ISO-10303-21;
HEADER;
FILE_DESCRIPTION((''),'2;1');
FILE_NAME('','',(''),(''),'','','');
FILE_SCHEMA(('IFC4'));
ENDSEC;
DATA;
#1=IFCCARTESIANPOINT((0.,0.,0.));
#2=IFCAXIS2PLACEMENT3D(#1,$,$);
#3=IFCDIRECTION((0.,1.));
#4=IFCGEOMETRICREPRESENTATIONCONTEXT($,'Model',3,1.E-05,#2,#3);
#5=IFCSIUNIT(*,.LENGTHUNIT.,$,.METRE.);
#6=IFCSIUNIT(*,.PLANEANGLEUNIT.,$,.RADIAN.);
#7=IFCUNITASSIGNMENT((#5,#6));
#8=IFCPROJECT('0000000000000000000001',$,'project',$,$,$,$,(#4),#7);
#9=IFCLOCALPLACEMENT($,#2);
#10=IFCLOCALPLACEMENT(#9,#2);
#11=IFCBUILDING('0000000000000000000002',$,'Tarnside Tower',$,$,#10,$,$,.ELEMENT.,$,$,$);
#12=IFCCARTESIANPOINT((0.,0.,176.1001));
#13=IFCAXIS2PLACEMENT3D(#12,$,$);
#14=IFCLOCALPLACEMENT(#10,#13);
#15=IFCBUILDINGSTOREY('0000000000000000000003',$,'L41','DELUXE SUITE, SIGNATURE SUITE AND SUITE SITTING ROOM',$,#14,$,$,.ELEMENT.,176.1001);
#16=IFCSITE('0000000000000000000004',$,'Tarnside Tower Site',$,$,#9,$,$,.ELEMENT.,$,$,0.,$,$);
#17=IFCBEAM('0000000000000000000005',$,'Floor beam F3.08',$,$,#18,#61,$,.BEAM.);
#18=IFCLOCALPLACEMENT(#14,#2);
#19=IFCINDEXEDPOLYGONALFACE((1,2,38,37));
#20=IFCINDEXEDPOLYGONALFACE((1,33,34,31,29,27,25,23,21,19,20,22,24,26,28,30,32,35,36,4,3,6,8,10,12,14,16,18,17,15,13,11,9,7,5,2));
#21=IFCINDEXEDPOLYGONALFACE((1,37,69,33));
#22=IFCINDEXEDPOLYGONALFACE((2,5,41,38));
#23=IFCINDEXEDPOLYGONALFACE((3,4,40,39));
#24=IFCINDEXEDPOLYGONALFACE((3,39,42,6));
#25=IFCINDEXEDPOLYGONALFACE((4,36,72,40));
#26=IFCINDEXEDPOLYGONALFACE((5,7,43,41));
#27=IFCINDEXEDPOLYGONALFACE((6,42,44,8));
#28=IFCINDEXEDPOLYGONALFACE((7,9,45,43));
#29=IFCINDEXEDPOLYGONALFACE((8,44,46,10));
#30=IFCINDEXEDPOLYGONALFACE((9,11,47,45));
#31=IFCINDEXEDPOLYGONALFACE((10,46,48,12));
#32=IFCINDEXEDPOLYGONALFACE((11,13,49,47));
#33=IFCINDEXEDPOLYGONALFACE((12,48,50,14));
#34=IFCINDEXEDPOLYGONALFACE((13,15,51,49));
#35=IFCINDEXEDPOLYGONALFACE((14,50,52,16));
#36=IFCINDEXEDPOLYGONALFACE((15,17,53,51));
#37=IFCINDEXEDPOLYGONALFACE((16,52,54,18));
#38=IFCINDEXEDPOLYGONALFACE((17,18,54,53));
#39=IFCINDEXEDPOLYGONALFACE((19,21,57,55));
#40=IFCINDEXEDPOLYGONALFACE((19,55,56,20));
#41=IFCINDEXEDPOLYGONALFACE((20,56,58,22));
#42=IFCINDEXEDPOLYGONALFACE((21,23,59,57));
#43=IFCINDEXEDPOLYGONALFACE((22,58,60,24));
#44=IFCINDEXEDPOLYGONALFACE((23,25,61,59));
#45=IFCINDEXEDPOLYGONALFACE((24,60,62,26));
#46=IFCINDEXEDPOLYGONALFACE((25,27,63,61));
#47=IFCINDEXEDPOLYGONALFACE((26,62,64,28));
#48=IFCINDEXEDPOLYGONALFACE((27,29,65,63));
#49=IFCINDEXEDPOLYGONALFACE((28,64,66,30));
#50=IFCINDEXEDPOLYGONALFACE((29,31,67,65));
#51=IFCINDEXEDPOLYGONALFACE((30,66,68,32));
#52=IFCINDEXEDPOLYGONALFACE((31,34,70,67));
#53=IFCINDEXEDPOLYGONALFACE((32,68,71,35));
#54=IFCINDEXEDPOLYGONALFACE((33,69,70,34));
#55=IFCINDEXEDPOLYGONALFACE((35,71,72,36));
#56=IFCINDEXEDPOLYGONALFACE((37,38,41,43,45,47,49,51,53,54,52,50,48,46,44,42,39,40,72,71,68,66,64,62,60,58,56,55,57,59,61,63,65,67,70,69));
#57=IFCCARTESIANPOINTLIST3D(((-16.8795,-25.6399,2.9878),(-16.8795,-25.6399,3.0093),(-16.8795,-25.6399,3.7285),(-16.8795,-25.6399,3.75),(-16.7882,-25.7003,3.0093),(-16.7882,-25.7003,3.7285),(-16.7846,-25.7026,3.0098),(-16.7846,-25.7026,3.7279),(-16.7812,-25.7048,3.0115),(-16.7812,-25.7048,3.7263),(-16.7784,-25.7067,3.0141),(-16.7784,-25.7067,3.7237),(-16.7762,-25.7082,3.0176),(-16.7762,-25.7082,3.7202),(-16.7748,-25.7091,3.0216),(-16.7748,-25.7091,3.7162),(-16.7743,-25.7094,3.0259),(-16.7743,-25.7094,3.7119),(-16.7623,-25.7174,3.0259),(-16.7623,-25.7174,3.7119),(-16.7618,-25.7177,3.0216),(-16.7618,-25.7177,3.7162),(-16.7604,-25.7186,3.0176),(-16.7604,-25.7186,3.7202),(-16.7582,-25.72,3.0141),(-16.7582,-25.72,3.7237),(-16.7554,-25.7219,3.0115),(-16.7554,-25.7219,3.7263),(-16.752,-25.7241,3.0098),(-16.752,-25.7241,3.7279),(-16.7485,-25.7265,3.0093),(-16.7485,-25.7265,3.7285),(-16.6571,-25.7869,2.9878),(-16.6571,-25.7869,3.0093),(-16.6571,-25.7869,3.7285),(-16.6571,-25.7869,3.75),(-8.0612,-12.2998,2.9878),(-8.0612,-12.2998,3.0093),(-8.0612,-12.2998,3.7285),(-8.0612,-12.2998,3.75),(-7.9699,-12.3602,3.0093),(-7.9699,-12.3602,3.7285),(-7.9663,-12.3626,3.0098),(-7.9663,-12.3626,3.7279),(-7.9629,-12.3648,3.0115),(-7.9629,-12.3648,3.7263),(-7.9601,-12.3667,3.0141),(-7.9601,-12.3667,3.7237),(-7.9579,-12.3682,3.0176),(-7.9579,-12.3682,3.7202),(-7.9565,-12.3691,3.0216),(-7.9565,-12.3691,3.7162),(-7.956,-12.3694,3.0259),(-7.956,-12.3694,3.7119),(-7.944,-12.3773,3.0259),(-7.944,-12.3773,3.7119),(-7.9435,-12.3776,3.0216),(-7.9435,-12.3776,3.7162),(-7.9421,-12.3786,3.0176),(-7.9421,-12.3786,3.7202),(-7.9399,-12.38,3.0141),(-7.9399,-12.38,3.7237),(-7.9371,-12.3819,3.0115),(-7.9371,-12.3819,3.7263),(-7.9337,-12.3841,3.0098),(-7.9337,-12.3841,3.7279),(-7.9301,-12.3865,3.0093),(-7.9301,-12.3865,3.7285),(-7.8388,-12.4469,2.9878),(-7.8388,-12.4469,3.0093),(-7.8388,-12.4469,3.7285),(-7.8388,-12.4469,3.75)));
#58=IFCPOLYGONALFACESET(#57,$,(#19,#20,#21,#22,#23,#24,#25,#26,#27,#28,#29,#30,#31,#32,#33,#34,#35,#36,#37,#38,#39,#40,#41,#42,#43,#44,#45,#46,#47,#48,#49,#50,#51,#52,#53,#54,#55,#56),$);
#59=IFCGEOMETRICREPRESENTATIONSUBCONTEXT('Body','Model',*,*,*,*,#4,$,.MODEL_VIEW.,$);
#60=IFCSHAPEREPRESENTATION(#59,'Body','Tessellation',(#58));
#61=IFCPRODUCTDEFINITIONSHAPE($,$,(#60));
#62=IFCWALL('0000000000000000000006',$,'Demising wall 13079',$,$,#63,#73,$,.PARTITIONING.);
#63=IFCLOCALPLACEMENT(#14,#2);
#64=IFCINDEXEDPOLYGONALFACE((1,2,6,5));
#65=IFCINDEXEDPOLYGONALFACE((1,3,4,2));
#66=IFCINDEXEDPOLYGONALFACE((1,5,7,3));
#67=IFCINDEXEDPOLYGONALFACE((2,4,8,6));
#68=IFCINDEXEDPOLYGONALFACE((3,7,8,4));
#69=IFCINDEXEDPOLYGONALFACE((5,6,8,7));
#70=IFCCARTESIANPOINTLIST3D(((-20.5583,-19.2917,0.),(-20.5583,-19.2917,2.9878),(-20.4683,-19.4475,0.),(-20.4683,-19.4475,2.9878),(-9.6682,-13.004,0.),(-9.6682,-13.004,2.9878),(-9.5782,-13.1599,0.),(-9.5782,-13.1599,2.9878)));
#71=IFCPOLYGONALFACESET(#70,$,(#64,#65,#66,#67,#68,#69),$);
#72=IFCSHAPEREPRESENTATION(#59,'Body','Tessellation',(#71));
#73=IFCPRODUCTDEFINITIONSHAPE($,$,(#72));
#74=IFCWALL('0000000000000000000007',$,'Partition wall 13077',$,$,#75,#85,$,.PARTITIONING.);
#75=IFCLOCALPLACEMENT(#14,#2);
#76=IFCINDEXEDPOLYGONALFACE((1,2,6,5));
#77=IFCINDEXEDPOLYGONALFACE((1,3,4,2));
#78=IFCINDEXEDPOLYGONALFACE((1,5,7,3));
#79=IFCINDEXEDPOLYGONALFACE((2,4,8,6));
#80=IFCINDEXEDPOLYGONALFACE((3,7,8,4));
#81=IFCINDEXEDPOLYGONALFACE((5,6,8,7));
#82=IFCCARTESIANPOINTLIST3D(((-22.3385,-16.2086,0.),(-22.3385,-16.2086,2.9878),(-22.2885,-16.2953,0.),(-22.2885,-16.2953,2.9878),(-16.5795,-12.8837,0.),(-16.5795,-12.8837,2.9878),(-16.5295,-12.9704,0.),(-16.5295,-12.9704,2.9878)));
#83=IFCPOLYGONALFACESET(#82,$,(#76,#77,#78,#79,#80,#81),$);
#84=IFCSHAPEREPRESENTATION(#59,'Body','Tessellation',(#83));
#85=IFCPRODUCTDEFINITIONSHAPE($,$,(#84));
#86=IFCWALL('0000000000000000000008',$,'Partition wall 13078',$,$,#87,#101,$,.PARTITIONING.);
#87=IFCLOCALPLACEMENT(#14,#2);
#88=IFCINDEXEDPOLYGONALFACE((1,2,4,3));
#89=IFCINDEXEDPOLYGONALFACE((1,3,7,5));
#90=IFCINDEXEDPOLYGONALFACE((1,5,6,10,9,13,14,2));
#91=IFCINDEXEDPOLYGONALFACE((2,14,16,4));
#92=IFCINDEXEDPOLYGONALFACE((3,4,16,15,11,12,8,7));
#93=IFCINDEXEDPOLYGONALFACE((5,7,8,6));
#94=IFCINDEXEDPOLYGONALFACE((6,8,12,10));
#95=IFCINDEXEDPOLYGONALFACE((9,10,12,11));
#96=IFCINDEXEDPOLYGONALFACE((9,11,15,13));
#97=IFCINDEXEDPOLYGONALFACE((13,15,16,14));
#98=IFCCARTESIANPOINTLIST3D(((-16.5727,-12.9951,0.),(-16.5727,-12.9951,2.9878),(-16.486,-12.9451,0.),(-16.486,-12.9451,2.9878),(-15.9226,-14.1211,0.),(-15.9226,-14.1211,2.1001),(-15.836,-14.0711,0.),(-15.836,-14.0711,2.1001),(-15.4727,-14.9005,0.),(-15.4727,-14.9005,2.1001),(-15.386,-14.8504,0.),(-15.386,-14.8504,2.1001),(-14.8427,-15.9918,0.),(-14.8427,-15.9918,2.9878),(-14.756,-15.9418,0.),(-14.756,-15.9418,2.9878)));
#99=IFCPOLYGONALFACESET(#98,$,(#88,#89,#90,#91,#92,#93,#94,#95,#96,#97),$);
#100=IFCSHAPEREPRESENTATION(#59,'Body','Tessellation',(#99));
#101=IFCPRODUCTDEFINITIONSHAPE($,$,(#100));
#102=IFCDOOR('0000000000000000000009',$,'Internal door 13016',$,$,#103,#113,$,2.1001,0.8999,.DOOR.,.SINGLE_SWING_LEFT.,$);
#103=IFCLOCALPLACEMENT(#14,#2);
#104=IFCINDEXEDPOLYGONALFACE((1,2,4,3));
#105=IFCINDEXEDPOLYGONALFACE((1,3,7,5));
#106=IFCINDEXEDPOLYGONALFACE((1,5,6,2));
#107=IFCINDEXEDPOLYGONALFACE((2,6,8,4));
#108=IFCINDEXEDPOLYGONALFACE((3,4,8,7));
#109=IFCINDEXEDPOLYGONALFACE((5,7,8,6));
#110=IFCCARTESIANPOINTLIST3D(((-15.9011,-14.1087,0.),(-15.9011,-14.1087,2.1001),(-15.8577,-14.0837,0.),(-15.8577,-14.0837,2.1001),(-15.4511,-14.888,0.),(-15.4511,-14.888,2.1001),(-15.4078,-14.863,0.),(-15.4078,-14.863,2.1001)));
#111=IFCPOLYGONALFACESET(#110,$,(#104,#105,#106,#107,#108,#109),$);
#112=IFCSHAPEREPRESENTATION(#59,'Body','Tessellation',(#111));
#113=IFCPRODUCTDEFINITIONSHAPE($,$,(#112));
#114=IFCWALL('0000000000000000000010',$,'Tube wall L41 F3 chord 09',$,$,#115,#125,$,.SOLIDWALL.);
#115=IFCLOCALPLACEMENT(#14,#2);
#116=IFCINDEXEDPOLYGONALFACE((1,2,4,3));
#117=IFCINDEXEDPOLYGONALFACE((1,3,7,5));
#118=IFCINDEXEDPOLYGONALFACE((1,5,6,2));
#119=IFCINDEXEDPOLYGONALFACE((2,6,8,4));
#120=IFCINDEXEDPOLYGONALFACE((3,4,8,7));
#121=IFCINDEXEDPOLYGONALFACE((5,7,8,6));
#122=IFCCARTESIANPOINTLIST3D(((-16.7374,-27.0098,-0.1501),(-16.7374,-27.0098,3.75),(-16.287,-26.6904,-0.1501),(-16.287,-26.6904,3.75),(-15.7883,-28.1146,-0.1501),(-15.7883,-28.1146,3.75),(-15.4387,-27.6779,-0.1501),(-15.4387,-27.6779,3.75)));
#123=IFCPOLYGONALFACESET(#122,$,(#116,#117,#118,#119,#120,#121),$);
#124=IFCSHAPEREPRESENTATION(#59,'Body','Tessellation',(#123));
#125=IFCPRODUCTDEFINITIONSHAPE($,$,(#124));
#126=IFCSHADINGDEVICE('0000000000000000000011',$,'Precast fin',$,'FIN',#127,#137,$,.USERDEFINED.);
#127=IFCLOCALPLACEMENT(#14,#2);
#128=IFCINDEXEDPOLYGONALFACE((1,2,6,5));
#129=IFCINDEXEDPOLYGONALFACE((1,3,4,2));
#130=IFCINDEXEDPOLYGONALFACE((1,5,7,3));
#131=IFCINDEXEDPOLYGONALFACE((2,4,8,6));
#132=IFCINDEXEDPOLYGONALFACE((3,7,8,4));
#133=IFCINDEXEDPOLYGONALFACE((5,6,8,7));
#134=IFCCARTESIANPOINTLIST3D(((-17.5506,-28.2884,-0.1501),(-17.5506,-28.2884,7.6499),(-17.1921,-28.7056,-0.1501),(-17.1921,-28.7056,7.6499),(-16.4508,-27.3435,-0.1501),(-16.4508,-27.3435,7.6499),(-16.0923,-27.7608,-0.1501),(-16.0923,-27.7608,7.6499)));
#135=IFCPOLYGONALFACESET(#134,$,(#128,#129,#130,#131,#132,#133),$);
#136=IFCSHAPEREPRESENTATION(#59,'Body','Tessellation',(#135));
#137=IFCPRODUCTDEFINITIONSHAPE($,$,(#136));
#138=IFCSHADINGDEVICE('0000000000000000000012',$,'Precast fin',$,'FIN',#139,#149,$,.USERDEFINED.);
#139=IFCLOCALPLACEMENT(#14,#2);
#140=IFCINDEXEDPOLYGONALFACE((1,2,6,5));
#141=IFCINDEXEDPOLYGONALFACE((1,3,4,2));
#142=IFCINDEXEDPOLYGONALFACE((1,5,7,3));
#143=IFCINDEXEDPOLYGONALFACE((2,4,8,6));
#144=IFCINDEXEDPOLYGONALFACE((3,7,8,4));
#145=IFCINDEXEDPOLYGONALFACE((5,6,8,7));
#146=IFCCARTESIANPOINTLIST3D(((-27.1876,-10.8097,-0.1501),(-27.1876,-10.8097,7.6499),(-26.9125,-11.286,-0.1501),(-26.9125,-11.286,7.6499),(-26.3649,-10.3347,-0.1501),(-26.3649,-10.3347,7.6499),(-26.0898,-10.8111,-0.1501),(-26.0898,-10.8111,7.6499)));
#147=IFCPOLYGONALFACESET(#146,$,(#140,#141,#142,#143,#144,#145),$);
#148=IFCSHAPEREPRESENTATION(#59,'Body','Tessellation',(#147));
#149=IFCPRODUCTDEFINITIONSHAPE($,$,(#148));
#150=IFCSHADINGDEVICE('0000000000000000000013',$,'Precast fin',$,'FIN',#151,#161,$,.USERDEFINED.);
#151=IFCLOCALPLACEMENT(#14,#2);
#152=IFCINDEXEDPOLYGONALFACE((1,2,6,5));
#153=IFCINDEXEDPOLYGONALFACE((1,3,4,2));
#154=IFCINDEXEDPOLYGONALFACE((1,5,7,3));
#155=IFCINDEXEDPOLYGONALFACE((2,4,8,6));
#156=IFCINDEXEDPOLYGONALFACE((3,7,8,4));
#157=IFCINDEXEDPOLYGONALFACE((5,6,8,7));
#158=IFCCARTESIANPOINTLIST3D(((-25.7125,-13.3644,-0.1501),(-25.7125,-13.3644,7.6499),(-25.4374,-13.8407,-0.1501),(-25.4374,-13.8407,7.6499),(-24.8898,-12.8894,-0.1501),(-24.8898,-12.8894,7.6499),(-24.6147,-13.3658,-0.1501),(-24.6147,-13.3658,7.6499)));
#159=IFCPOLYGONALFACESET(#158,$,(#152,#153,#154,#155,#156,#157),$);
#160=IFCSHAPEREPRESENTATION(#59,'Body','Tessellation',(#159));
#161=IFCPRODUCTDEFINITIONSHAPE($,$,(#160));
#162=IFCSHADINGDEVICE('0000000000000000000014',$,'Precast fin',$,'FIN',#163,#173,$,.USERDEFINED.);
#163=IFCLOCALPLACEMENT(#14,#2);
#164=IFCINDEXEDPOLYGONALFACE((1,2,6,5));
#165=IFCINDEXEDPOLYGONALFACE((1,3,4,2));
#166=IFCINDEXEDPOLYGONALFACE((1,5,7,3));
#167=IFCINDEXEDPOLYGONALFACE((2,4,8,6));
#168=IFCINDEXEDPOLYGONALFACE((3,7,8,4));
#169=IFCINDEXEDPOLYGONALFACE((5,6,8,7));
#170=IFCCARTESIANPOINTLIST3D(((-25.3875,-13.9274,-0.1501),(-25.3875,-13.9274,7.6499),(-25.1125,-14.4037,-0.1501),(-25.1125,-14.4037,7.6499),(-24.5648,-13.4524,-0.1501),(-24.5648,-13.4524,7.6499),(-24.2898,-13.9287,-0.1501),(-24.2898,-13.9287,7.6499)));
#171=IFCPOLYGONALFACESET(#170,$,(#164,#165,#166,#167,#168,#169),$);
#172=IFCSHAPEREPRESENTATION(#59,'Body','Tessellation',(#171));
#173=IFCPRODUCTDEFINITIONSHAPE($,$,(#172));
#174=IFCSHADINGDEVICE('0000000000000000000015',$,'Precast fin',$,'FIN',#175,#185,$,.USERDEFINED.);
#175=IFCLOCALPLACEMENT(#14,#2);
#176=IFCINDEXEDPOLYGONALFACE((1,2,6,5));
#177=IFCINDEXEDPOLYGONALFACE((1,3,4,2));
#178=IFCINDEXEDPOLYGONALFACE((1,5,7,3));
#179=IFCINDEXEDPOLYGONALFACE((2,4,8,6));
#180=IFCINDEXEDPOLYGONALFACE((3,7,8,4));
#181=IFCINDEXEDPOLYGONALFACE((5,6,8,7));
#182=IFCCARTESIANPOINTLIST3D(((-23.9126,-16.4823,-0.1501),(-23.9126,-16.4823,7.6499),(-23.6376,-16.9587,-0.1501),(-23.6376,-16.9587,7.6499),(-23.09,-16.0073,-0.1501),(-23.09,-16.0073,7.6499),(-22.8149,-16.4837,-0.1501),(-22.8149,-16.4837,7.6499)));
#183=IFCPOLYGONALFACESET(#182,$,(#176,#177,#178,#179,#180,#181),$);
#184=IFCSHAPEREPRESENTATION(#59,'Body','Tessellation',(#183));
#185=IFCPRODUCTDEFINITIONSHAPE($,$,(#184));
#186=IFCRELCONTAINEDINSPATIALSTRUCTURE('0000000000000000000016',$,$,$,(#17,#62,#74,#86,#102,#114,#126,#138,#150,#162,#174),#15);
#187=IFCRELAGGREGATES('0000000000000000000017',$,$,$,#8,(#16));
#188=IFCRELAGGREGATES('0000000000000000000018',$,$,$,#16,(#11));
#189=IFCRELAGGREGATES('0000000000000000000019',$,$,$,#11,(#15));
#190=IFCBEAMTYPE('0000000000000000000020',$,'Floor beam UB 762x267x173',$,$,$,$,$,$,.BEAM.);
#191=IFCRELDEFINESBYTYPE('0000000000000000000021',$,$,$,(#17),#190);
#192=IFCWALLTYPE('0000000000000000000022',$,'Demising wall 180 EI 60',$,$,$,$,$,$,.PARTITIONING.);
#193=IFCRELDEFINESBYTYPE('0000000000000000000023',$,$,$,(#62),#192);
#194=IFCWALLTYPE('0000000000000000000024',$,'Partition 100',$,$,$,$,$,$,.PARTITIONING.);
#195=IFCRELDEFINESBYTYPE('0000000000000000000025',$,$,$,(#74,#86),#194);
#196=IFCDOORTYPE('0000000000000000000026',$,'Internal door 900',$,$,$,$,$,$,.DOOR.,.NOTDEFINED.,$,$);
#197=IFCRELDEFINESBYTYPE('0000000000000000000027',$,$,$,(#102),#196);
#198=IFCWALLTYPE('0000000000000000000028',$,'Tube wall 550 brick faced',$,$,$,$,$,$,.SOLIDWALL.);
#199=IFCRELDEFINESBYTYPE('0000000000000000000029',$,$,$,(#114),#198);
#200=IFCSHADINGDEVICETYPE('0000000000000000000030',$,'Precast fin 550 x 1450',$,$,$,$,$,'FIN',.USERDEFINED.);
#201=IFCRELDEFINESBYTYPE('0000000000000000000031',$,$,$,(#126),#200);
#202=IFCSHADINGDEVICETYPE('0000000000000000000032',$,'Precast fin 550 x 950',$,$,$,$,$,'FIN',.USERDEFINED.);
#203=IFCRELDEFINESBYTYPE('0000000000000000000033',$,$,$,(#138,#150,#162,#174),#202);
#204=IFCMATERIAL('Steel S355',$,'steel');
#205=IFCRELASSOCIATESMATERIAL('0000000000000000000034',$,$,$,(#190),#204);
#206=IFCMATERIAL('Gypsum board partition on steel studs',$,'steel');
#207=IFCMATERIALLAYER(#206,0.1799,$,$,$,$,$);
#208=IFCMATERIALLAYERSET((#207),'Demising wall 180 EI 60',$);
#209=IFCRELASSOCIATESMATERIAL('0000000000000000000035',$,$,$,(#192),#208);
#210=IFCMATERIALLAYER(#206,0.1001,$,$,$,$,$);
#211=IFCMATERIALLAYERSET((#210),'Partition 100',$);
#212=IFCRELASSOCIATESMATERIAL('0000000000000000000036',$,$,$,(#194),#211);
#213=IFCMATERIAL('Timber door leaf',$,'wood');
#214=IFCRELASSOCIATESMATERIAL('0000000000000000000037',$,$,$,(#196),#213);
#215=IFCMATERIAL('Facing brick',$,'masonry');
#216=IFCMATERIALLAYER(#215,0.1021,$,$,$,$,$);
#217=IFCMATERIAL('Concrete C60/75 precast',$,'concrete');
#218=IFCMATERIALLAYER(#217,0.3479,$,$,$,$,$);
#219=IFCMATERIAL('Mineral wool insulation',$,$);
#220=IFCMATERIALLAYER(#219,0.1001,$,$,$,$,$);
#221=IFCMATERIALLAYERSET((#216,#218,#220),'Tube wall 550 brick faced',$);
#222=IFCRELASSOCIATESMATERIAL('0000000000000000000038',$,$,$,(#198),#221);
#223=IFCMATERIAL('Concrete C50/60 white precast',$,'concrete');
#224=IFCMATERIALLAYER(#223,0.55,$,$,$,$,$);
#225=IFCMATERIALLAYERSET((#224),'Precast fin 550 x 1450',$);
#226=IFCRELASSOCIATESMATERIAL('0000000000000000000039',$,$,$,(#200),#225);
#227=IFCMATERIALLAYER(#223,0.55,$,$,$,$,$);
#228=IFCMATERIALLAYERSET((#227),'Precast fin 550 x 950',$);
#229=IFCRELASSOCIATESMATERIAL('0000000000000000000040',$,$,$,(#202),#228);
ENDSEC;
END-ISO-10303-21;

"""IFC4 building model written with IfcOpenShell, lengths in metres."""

from ifc_helpers import new_model, si_unit, direction, frame, frame_2d, origin, origin_2d, place, context, subcontext, project, spatial, polyline, rectangle, i_section, outline, extrude, material, layer, layer_set, material_profile, profile_set, type_object, element, fill, save


model = new_model("IFC4")

# Units and contexts
model_context = context("Model", 3, precision=1e-05, world=origin(), true_north=direction((0.0, 1.0)))
body_context = subcontext(model_context, "Body", "Model", "MODEL_VIEW")
ifc_project = project(units=[si_unit("LENGTHUNIT", "METRE"), si_unit("PLANEANGLEUNIT", "RADIAN")], contexts=[model_context])

# Site, building, storey
site_placement = place(None, origin())
site = spatial("IfcSite", under=ifc_project, at=site_placement, Name="Tarnside Tower Site", CompositionType="ELEMENT", RefElevation=0.0)
building_placement = place(site_placement, origin())
building = spatial("IfcBuilding", under=site, at=building_placement, Name="Tarnside Tower", CompositionType="ELEMENT")
storey_placement = place(building_placement, frame((0.0, 0.0, 176.1001)))
storey = spatial("IfcBuildingStorey", under=building, at=storey_placement, Name="L41", Description="DELUXE SUITE, SIGNATURE SUITE AND SUITE SITTING ROOM", CompositionType="ELEMENT", Elevation=176.1001)

# Beam
ifc_material_1 = material(Name="Steel S355", Category="steel")
ifc_material_profile_1 = material_profile(ifc_material_1, i_section(OverallWidth=0.2666, OverallDepth=0.7622, WebThickness=0.0144, FlangeThickness=0.0215, FilletRadius=0.0166, at=origin_2d()), Name="UB 762x267x173")
ifc_profile_set_1 = profile_set([ifc_material_profile_1], Name="Steel S355")
beam_type_1 = type_object("IfcBeamType", Name="Floor beam UB 762x267x173", PredefinedType="BEAM", material=ifc_profile_set_1)
beam_1_placement = place(storey_placement, frame((-16.7683, -25.7134, 3.3689), z_axis=(0.551448, 0.83421, 0.0), x_axis=(-0.83421, 0.551448, 0.0)))
element("IfcBeam", 1, at=beam_1_placement, inside=storey, type_object=beam_type_1, Name="Floor beam F3.08", PredefinedType="BEAM", context=body_context, shape_type="SweptSolid", body=[
    extrude(i_section(OverallWidth=0.2666, OverallDepth=0.7622, WebThickness=0.0144, FlangeThickness=0.0215, FilletRadius=0.0166, at=origin_2d()), origin(), (0.0, 0.0, 1.0), 15.9912),
])

# Walls
ifc_material_2 = material(Name="Gypsum board partition on steel studs", Category="steel")
ifc_layer_1 = layer(ifc_material_2, 0.1799)
ifc_layer_set_1 = layer_set([ifc_layer_1], Name="Demising wall 180 EI 60")
wall_type_1 = type_object("IfcWallType", Name="Demising wall 180 EI 60", PredefinedType="PARTITIONING", material=ifc_layer_set_1)
wall_1_placement = place(storey_placement, frame((-20.5134, -19.3696, 0.0), z_axis=(0.0, 0.0, 1.0), x_axis=(0.866019, 0.50001, 0.0)))
element("IfcWall", 2, at=wall_1_placement, inside=storey, type_object=wall_type_1, Name="Demising wall 13079", PredefinedType="PARTITIONING", context=body_context, shape_type="SweptSolid", body=[
    extrude(rectangle(XDim=12.575, YDim=0.1799, at=frame_2d((6.2876, 0.0))), origin(), (0.0, 0.0, 1.0), 2.9878),
])
ifc_layer_2 = layer(ifc_material_2, 0.1001)
ifc_layer_set_2 = layer_set([ifc_layer_2], Name="Partition 100")
wall_type_2 = type_object("IfcWallType", Name="Partition 100", PredefinedType="PARTITIONING", material=ifc_layer_set_2)
wall_2_placement = place(storey_placement, frame((-22.3135, -16.252, 0.0), z_axis=(0.0, 0.0, 1.0), x_axis=(0.866027, 0.499997, 0.0)))
element("IfcWall", 3, at=wall_2_placement, inside=storey, type_object=wall_type_2, Name="Partition wall 13077", PredefinedType="PARTITIONING", context=body_context, shape_type="SweptSolid", body=[
    extrude(rectangle(XDim=6.6499, YDim=0.1001, at=frame_2d((3.325, 0.0))), origin(), (0.0, 0.0, 1.0), 2.9878),
])

# Wall, opening, door
wall_3_placement = place(storey_placement, frame((-16.5293, -12.9702, 0.0), z_axis=(0.0, 0.0, 1.0), x_axis=(0.499979, -0.866038, 0.0)))
wall_3 = element("IfcWall", 4, at=wall_3_placement, inside=storey, type_object=wall_type_2, Name="Partition wall 13078", PredefinedType="PARTITIONING", context=body_context, shape_type="SweptSolid", body=[
    extrude(rectangle(XDim=3.4602, YDim=0.1001, at=frame_2d((1.73, 0.0))), origin(), (0.0, 0.0, 1.0), 2.9878),
])
opening_placement = place(wall_3_placement, frame((1.3, 0.0, 0.0)))
opening = element("IfcOpeningElement", 5, at=opening_placement, cuts=wall_3, PredefinedType="OPENING", context=body_context, shape_type="SweptSolid", body=[
    extrude(rectangle(XDim=0.8999, YDim=2.1001, at=frame_2d((0.45, 1.05))), frame((0.0, 0.0601, 0.0), z_axis=(0.0, -1.0, 0.0), x_axis=(1.0, 0.0, 0.0)), (0.0, 0.0, 1.0), 0.1201),
])
ifc_material_3 = material(Name="Timber door leaf", Category="wood")
door_type = type_object("IfcDoorType", Name="Internal door 900", OperationType="NOTDEFINED", PredefinedType="DOOR", material=ifc_material_3)
door_placement = place(opening_placement, origin())
door = element("IfcDoor", 6, at=door_placement, inside=storey, type_object=door_type, Name="Internal door 13016", OperationType="SINGLE_SWING_LEFT", OverallHeight=2.1001, OverallWidth=0.8999, PredefinedType="DOOR", context=body_context, shape_type="SweptSolid", body=[
    extrude(rectangle(XDim=0.8999, YDim=2.1001, at=frame_2d((0.45, 1.05))), frame((0.0, 0.0249, 0.0), z_axis=(0.0, -1.0, 0.0), x_axis=(1.0, 0.0, 0.0)), (0.0, 0.0, 1.0), 0.05),
])
fill(opening, door)

# Wall
ifc_material_4 = material(Name="Facing brick", Category="masonry")
ifc_layer_3 = layer(ifc_material_4, 0.1021)
ifc_material_5 = material(Name="Concrete C60/75 precast", Category="concrete")
ifc_layer_4 = layer(ifc_material_5, 0.3479)
ifc_material_6 = material(Name="Mineral wool insulation")
ifc_layer_5 = layer(ifc_material_6, 0.1001)
ifc_layer_set_3 = layer_set([ifc_layer_3, ifc_layer_4, ifc_layer_5], Name="Tube wall 550 brick faced")
wall_type_3 = type_object("IfcWallType", Name="Tube wall 550 brick faced", PredefinedType="SOLIDWALL", material=ifc_layer_set_3)
wall_4_placement = place(storey_placement, frame((-16.5122, -26.8501, -0.1501), z_axis=(0.0, 0.0, 1.0), x_axis=(0.651622, -0.758544, 0.0)))
element("IfcWall", 7, at=wall_4_placement, inside=storey, type_object=wall_type_3, Name="Tube wall L41 F3 chord 09", PredefinedType="SOLIDWALL", context=body_context, shape_type="SweptSolid", body=[
    extrude(outline(polyline([(-0.0256, -0.2749), (1.4309, -0.2749), (1.3274, 0.2749), (0.0256, 0.2749), (-0.0256, -0.2749)])), origin(), (0.0, 0.0, 1.0), 3.9001),
])

# Shading devices
ifc_material_7 = material(Name="Concrete C50/60 white precast", Category="concrete")
ifc_layer_6 = layer(ifc_material_7, 0.55)
ifc_layer_set_4 = layer_set([ifc_layer_6], Name="Precast fin 550 x 1450")
shading_device_type_1 = type_object("IfcShadingDeviceType", Name="Precast fin 550 x 1450", ElementType="FIN", PredefinedType="USERDEFINED", material=ifc_layer_set_4)
shading_device_placement = place(storey_placement, frame((-16.2715, -27.5522, -0.1501), z_axis=(-0.651657, 0.758514, 0.0), x_axis=(-0.758514, -0.651657, 0.0)))
element("IfcShadingDevice", 8, at=shading_device_placement, inside=storey, type_object=shading_device_type_1, Name="Precast fin", ObjectType="FIN", PredefinedType="USERDEFINED", context=body_context, shape_type="SweptSolid", body=[
    extrude(outline(polyline([(0.0, 0.0), (1.45, 0.0), (1.45, 7.8), (0.0, 7.8), (0.0, 0.0)])), frame((0.0, 0.0, -0.2749)), (0.0, 0.0, 1.0), 0.55),
])
ifc_layer_7 = layer(ifc_material_7, 0.55)
ifc_layer_set_5 = layer_set([ifc_layer_7], Name="Precast fin 550 x 950")
shading_device_type_2 = type_object("IfcShadingDeviceType", Name="Precast fin 550 x 950", ElementType="FIN", PredefinedType="USERDEFINED", material=ifc_layer_set_5)
for number, where, z_axis, x_axis, name in (
    (9, (-26.2273, -10.573, -0.1501), (-0.5, 0.866025, 0.0), (-0.866025, -0.5, 0.0), "Precast fin"),
    (10, (-24.7522, -13.1277, -0.1501), (-0.5, 0.866025, 0.0), (-0.866025, -0.5, 0.0), "Precast fin"),
    (11, (-24.4272, -13.6907, -0.1501), (-0.5, 0.866025, 0.0), (-0.866025, -0.5, 0.0), "Precast fin"),
    (12, (-22.9524, -16.2456, -0.1501), (-0.5, 0.866025, 0.0), (-0.866025, -0.5, 0.0), "Precast fin"),
):
    element("IfcShadingDevice", number, at=place(storey_placement, frame(where, z_axis=z_axis, x_axis=x_axis)), inside=storey, type_object=shading_device_type_2, Name=name, ObjectType="FIN", PredefinedType="USERDEFINED", context=body_context, shape_type="SweptSolid", body=[
        extrude(outline(polyline([(0.0, 0.0), (0.95, 0.0), (0.95, 7.8), (0.0, 7.8), (0.0, 0.0)])), frame((0.0, 0.0, -0.2749)), (0.0, 0.0, 1.0), 0.55),
    ])

save(model, "model.ifc")
